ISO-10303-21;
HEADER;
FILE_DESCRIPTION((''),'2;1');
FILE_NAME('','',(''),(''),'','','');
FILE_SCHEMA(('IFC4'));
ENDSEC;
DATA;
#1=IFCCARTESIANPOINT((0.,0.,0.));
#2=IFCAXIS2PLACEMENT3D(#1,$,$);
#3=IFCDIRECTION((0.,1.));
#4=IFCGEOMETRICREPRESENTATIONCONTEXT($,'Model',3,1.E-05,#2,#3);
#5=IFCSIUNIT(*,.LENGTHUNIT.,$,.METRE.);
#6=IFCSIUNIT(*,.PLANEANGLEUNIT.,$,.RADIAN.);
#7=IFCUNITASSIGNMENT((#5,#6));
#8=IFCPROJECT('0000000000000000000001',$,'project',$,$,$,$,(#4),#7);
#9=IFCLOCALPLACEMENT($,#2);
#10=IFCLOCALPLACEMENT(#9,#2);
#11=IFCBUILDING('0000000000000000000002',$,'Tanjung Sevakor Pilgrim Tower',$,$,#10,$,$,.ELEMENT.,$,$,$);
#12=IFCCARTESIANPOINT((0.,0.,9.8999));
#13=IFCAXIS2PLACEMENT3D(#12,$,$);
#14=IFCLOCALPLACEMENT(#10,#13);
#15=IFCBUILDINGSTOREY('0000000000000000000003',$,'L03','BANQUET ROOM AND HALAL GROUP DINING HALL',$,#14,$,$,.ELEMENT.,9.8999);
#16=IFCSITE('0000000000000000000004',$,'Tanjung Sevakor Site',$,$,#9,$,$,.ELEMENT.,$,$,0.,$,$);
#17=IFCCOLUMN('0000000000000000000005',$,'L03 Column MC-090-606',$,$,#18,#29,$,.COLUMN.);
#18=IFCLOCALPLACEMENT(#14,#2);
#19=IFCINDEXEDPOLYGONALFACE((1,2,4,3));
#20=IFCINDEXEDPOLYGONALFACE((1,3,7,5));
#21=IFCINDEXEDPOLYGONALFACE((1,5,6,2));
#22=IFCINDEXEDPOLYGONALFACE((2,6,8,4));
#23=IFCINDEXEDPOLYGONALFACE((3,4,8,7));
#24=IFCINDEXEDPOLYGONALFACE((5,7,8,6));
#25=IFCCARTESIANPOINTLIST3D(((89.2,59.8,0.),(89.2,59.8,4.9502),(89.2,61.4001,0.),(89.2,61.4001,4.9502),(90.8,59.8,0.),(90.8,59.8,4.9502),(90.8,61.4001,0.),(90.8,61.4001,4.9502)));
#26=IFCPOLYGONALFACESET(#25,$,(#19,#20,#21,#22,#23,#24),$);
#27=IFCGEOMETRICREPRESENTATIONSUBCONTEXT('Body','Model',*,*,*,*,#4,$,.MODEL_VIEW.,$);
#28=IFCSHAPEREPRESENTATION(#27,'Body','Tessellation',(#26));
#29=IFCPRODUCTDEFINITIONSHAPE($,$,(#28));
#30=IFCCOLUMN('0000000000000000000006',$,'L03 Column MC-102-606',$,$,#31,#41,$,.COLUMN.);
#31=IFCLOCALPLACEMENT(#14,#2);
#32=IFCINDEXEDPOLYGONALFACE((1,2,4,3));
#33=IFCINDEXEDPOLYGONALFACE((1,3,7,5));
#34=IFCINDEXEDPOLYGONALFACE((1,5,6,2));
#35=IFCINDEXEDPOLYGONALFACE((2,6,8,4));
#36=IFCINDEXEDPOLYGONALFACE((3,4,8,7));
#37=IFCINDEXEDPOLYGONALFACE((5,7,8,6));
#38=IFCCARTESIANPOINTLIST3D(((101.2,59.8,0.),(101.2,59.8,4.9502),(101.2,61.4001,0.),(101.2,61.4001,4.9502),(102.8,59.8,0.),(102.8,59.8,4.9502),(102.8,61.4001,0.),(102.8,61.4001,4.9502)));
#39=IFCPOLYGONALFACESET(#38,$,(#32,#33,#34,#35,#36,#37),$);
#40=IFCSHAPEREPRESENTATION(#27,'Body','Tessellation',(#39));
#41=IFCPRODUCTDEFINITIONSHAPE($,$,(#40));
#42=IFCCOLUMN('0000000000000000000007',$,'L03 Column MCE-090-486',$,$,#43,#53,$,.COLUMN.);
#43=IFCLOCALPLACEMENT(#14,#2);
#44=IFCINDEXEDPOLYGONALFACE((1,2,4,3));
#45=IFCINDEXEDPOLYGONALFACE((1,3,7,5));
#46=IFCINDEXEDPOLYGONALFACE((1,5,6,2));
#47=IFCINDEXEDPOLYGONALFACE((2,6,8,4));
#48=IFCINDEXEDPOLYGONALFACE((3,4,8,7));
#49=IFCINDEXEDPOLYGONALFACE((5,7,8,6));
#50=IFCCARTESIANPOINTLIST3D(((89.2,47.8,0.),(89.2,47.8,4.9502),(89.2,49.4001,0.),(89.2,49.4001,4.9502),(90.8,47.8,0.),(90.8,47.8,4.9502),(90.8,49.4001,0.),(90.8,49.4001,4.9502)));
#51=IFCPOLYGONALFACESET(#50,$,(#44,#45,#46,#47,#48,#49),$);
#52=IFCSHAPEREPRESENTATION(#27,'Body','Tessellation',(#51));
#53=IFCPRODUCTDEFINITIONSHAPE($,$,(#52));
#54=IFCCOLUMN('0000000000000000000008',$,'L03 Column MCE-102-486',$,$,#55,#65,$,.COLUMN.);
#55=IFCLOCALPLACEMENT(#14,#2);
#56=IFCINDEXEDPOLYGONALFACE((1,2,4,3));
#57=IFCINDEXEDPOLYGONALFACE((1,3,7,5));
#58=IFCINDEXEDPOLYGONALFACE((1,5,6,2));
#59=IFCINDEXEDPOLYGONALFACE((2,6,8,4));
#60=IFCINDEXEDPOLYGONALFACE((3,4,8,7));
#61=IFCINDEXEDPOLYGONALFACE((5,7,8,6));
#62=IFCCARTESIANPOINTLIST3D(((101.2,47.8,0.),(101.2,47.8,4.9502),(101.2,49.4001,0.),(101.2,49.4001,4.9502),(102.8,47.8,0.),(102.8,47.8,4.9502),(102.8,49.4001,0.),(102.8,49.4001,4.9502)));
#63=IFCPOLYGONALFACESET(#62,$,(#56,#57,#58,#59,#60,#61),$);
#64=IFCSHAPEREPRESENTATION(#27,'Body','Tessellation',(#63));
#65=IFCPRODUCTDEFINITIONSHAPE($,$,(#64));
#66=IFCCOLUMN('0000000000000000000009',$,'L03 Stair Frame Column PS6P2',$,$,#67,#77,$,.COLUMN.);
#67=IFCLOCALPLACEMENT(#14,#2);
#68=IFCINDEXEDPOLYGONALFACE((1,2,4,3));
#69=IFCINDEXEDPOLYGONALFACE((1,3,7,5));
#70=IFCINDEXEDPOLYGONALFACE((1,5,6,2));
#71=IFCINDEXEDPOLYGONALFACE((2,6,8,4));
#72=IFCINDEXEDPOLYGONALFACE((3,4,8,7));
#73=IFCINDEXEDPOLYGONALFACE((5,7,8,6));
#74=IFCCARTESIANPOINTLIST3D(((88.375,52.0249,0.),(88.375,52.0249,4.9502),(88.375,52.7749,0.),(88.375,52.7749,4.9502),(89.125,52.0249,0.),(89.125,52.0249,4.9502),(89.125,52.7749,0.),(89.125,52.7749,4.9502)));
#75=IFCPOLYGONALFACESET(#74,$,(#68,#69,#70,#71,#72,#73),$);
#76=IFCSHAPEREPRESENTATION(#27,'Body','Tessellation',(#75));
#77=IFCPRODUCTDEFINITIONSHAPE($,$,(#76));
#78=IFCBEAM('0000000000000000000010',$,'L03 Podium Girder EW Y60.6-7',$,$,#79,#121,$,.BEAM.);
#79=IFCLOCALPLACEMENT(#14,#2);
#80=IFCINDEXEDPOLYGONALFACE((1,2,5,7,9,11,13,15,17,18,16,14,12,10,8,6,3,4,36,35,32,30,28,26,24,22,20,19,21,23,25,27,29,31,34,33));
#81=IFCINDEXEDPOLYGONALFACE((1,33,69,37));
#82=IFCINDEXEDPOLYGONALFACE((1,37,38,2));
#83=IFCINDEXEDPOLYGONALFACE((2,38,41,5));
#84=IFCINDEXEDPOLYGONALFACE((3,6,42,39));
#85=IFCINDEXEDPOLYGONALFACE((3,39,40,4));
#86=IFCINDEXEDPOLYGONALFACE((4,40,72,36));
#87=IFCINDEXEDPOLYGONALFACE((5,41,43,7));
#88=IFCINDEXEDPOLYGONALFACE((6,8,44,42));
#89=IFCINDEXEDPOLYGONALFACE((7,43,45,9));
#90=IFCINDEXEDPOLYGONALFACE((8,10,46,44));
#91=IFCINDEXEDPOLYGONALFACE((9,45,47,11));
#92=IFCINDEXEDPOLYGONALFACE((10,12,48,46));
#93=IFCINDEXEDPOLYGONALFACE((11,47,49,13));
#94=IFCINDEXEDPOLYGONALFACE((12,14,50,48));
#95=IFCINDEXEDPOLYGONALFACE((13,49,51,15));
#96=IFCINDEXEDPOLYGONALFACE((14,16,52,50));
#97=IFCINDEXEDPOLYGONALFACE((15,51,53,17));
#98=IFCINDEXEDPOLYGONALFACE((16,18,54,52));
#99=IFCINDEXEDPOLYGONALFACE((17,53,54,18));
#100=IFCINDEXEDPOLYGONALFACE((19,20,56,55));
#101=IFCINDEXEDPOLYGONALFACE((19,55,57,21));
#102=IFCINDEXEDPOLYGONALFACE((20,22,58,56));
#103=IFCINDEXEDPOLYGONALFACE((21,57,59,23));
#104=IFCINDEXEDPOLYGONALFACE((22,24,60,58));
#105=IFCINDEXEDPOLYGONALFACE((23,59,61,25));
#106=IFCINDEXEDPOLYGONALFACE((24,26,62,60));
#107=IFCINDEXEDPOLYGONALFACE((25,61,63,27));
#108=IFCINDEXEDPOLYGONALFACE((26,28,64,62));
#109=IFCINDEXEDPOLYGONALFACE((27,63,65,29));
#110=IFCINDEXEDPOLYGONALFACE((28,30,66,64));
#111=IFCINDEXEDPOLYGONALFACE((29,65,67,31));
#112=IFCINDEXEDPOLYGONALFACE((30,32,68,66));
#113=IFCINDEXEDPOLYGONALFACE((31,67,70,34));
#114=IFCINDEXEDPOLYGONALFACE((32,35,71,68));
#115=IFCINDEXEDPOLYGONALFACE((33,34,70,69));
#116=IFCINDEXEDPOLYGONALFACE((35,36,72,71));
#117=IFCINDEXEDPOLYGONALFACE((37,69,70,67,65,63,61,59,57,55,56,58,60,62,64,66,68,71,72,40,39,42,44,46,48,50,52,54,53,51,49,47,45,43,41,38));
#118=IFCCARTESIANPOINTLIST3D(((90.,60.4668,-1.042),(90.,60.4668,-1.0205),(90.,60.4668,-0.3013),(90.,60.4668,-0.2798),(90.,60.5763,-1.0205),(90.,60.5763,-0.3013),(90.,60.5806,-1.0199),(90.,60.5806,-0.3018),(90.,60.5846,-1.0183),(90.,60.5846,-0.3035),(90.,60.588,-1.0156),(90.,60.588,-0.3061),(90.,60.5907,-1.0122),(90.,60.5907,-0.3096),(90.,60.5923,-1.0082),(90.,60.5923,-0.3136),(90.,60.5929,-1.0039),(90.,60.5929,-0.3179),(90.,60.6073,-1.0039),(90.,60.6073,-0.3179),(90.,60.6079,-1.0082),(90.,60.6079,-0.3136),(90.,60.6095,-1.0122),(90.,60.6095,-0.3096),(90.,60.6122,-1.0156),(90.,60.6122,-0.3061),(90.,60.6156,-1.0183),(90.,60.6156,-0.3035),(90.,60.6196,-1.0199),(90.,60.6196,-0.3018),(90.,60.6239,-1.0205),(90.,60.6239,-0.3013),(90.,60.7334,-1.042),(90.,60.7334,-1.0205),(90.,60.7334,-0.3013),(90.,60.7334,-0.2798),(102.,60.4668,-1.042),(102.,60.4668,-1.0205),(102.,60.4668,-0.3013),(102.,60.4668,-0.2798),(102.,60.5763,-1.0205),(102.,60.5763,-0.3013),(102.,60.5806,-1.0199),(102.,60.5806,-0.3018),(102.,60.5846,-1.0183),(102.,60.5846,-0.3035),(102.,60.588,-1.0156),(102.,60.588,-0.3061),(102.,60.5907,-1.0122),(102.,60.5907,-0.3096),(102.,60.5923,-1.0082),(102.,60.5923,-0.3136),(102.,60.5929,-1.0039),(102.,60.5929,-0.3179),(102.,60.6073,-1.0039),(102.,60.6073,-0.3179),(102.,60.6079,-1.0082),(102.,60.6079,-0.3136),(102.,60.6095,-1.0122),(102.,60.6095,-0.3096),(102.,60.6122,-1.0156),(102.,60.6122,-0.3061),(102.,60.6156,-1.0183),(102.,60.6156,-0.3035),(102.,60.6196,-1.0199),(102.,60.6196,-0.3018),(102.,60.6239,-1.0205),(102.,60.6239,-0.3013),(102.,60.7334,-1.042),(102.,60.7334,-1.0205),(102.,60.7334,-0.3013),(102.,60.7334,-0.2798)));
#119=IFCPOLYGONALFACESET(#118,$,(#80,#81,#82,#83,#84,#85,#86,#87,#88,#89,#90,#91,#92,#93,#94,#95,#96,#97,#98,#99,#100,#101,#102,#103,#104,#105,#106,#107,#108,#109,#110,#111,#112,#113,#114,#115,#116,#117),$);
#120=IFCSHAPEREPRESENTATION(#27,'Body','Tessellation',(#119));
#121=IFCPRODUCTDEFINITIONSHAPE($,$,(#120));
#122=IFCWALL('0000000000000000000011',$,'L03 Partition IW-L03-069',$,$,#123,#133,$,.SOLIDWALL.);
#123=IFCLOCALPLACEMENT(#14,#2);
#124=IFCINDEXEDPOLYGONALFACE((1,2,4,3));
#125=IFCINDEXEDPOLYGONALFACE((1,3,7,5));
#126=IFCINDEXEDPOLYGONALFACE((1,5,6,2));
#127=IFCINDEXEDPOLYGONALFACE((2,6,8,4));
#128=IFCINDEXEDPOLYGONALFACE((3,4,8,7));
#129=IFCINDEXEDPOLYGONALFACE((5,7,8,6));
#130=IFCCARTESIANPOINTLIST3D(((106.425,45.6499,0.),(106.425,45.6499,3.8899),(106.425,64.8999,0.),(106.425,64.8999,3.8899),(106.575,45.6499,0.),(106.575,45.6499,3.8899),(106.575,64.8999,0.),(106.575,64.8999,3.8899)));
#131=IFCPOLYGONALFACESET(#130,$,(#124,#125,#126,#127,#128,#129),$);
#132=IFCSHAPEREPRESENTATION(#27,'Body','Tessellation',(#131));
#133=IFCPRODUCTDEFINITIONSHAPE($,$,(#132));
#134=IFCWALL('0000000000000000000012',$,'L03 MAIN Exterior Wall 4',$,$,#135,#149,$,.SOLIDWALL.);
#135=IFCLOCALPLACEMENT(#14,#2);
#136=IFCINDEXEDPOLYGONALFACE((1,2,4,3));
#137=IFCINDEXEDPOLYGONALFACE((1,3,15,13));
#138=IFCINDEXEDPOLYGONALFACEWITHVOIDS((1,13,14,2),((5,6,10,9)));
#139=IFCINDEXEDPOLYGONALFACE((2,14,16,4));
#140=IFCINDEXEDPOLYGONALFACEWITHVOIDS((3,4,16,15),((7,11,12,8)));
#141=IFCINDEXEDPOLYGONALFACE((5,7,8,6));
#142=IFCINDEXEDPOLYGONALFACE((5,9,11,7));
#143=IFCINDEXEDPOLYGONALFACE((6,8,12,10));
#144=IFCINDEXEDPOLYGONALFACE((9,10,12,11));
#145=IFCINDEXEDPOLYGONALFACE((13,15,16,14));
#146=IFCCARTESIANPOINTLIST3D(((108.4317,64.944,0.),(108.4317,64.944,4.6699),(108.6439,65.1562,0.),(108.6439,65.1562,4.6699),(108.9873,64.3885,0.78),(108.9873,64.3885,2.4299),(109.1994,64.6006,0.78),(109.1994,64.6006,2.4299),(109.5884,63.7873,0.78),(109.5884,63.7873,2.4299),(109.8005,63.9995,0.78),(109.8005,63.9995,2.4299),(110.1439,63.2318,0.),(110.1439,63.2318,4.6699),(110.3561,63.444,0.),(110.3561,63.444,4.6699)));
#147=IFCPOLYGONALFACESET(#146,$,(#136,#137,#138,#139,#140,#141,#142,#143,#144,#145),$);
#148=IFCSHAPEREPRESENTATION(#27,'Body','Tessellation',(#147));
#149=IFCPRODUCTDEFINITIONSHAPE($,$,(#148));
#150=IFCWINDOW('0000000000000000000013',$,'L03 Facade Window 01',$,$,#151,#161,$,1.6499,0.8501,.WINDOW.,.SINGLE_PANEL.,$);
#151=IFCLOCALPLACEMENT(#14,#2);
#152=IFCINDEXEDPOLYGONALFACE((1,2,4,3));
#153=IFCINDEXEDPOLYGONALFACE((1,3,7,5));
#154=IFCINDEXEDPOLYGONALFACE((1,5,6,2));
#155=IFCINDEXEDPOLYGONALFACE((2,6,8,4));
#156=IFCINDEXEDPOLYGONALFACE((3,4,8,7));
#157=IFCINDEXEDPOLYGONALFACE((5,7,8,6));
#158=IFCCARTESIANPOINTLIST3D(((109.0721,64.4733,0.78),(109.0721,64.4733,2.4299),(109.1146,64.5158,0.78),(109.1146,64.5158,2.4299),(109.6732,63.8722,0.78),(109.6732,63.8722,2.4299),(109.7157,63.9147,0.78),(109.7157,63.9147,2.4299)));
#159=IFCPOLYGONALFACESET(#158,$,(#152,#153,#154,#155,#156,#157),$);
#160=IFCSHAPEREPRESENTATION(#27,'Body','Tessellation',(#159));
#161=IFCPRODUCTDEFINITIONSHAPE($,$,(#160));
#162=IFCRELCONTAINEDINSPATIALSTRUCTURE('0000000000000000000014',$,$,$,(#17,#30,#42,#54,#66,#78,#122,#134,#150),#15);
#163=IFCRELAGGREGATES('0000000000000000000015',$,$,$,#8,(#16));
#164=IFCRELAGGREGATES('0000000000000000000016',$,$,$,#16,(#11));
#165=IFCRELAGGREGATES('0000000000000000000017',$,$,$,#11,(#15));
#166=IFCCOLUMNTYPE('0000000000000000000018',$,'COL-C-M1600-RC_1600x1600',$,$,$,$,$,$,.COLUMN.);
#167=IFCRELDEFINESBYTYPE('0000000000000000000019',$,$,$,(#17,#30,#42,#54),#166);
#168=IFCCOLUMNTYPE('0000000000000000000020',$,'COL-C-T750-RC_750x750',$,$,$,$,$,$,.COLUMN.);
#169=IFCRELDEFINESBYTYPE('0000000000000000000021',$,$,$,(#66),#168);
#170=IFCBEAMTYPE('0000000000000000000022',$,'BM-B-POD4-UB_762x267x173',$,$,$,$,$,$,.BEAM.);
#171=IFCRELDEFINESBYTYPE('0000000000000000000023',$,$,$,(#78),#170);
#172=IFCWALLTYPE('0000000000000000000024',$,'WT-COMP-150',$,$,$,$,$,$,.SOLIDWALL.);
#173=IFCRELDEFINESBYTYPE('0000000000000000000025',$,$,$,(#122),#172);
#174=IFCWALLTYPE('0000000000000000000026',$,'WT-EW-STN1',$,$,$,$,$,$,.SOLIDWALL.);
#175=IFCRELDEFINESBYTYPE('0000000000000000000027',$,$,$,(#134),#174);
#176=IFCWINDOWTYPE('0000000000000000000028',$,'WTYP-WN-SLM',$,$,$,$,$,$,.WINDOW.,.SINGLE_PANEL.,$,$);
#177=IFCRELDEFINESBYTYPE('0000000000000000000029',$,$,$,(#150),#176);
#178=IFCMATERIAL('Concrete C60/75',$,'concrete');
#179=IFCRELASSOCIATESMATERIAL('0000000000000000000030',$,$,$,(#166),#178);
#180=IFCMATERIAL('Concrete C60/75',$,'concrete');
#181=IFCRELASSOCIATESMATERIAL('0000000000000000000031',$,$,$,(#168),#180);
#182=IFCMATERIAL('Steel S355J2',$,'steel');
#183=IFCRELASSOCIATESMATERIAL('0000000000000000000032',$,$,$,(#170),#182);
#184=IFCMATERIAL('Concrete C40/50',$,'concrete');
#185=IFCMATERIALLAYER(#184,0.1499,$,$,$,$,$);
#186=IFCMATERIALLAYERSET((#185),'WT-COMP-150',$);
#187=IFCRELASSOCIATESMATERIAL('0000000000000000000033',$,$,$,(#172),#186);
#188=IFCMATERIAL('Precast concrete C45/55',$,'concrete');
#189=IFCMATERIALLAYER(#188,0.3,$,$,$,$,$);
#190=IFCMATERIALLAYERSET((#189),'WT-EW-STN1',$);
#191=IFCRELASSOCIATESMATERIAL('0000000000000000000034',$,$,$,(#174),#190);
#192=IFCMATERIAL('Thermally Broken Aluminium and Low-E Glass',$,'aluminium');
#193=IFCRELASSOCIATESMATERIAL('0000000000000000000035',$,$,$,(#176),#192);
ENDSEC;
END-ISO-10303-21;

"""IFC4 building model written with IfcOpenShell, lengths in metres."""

from ifc_helpers import new_model, si_unit, direction, frame, frame_2d, origin, origin_2d, place, context, subcontext, project, spatial, rectangle, i_section, extrude, material, layer, layer_set, material_profile, profile_set, type_object, element, fill, save


model = new_model("IFC4")

# Units and contexts
model_context = context("Model", 3, precision=1e-05, world=origin(), true_north=direction((0.0, 1.0)))
body_context = subcontext(model_context, "Body", "Model", "MODEL_VIEW")
ifc_project = project(units=[si_unit("LENGTHUNIT", "METRE"), si_unit("PLANEANGLEUNIT", "RADIAN")], contexts=[model_context])

# Site, building, storey
site_placement = place(None, origin())
site = spatial("IfcSite", under=ifc_project, at=site_placement, Name="Tanjung Sevakor Site", CompositionType="ELEMENT", RefElevation=0.0)
building_placement = place(site_placement, origin())
building = spatial("IfcBuilding", under=site, at=building_placement, Name="Tanjung Sevakor Pilgrim Tower", CompositionType="ELEMENT")
storey_placement = place(building_placement, frame((0.0, 0.0, 9.8999)))
storey = spatial("IfcBuildingStorey", under=building, at=storey_placement, Name="L03", Description="BANQUET ROOM AND HALAL GROUP DINING HALL", CompositionType="ELEMENT", Elevation=9.8999)

# Columns
ifc_material_1 = material(Name="Concrete C60/75", Category="concrete")
ifc_material_profile_1 = material_profile(ifc_material_1, rectangle(XDim=1.6001, YDim=1.6001, at=origin_2d()))
ifc_profile_set_1 = profile_set([ifc_material_profile_1], Name="Concrete C60/75")
column_type_1 = type_object("IfcColumnType", Name="COL-C-M1600-RC_1600x1600", PredefinedType="COLUMN", material=ifc_profile_set_1)
for number, where, z_axis, x_axis, name in (
    (1, (90.0, 60.6001, 0.0), (0.0, 0.0, 1.0), (1.0, 0.0, 0.0), "L03 Column MC-090-606"),
    (2, (102.0, 60.6001, 0.0), (0.0, 0.0, 1.0), (1.0, 0.0, 0.0), "L03 Column MC-102-606"),
    (3, (90.0, 48.6001, 0.0), (0.0, 0.0, 1.0), (1.0, 0.0, 0.0), "L03 Column MCE-090-486"),
    (4, (102.0, 48.6001, 0.0), (0.0, 0.0, 1.0), (1.0, 0.0, 0.0), "L03 Column MCE-102-486"),
):
    element("IfcColumn", number, at=place(storey_placement, frame(where, z_axis=z_axis, x_axis=x_axis)), inside=storey, type_object=column_type_1, Name=name, PredefinedType="COLUMN", context=body_context, shape_type="SweptSolid", body=[
        extrude(rectangle(XDim=1.6001, YDim=1.6001, at=origin_2d()), origin(), (0.0, 0.0, 1.0), 4.9502),
    ])
ifc_material_2 = material(Name="Concrete C60/75", Category="concrete")
ifc_material_profile_2 = material_profile(ifc_material_2, rectangle(XDim=0.75, YDim=0.75, at=origin_2d()))
ifc_profile_set_2 = profile_set([ifc_material_profile_2], Name="Concrete C60/75")
column_type_2 = type_object("IfcColumnType", Name="COL-C-T750-RC_750x750", PredefinedType="COLUMN", material=ifc_profile_set_2)
column_placement = place(storey_placement, frame((88.75, 52.3999, 0.0), z_axis=(0.0, 0.0, 1.0), x_axis=(1.0, 0.0, 0.0)))
element("IfcColumn", 5, at=column_placement, inside=storey, type_object=column_type_2, Name="L03 Stair Frame Column PS6P2", PredefinedType="COLUMN", context=body_context, shape_type="SweptSolid", body=[
    extrude(rectangle(XDim=0.75, YDim=0.75, at=origin_2d()), origin(), (0.0, 0.0, 1.0), 4.9502),
])

# Beam
ifc_material_3 = material(Name="Steel S355J2", Category="steel")
ifc_material_profile_3 = material_profile(ifc_material_3, i_section(OverallWidth=0.2666, OverallDepth=0.7622, WebThickness=0.0144, FlangeThickness=0.0215, FilletRadius=0.0166, at=origin_2d()))
ifc_profile_set_3 = profile_set([ifc_material_profile_3], Name="Steel S355J2")
beam_type = type_object("IfcBeamType", Name="BM-B-POD4-UB_762x267x173", PredefinedType="BEAM", material=ifc_profile_set_3)
beam_placement = place(storey_placement, frame((90.0, 60.6001, -0.6609), z_axis=(1.0, 0.0, 0.0), x_axis=(0.0, 1.0, 0.0)))
element("IfcBeam", 6, at=beam_placement, inside=storey, type_object=beam_type, Name="L03 Podium Girder EW Y60.6-7", PredefinedType="BEAM", context=body_context, shape_type="SweptSolid", body=[
    extrude(i_section(OverallWidth=0.2666, OverallDepth=0.7622, WebThickness=0.0144, FlangeThickness=0.0215, FilletRadius=0.0166, at=origin_2d()), origin(), (0.0, 0.0, 1.0), 12.0),
])

# Wall
ifc_material_4 = material(Name="Concrete C40/50", Category="concrete")
ifc_layer_1 = layer(ifc_material_4, 0.1499)
ifc_layer_set_1 = layer_set([ifc_layer_1], Name="WT-COMP-150")
wall_type_1 = type_object("IfcWallType", Name="WT-COMP-150", PredefinedType="SOLIDWALL", material=ifc_layer_set_1)
wall_1_placement = place(storey_placement, frame((106.5, 45.6499, 0.0), z_axis=(0.0, 0.0, 1.0), x_axis=(0.0, 1.0, 0.0)))
element("IfcWall", 7, at=wall_1_placement, inside=storey, type_object=wall_type_1, Name="L03 Partition IW-L03-069", PredefinedType="SOLIDWALL", context=body_context, shape_type="SweptSolid", body=[
    extrude(rectangle(XDim=19.25, YDim=0.1499, at=frame_2d((9.625, 0.0))), origin(), (0.0, 0.0, 1.0), 3.8899),
])

# Wall, opening, window
ifc_material_5 = material(Name="Precast concrete C45/55", Category="concrete")
ifc_layer_2 = layer(ifc_material_5, 0.3)
ifc_layer_set_2 = layer_set([ifc_layer_2], Name="WT-EW-STN1")
wall_type_2 = type_object("IfcWallType", Name="WT-EW-STN1", PredefinedType="SOLIDWALL", material=ifc_layer_set_2)
wall_2_placement = place(storey_placement, frame((110.25, 63.3379, 0.0), z_axis=(0.0, 0.0, 1.0), x_axis=(-0.707107, 0.707107, 0.0)))
wall_2 = element("IfcWall", 8, at=wall_2_placement, inside=storey, type_object=wall_type_2, Name="L03 MAIN Exterior Wall 4", PredefinedType="SOLIDWALL", context=body_context, shape_type="SweptSolid", body=[
    extrude(rectangle(XDim=2.4214, YDim=0.3, at=frame_2d((1.2107, 0.0))), origin(), (0.0, 0.0, 1.0), 4.6699),
])
opening_1_placement = place(wall_2_placement, frame((0.7856, 0.0, 0.78)))
opening_1 = element("IfcOpeningElement", 9, at=opening_1_placement, cuts=wall_2, PredefinedType="OPENING", context=body_context, shape_type="SweptSolid", body=[
    extrude(rectangle(XDim=0.8501, YDim=1.6499, at=frame_2d((0.425, 0.825))), frame((0.0, 0.1599, 0.0), z_axis=(0.0, -1.0, 0.0), x_axis=(1.0, 0.0, 0.0)), (0.0, 0.0, 1.0), 0.3201),
])
ifc_material_6 = material(Name="Thermally Broken Aluminium and Low-E Glass", Category="aluminium")
window_type_1 = type_object("IfcWindowType", Name="WTYP-WN-SLM", PartitioningType="SINGLE_PANEL", PredefinedType="WINDOW", material=ifc_material_6)
window_1_placement = place(opening_1_placement, origin())
window_1 = element("IfcWindow", 10, at=window_1_placement, inside=storey, type_object=window_type_1, Name="L03 Facade Window 01", OverallHeight=1.6499, OverallWidth=0.8501, PartitioningType="SINGLE_PANEL", PredefinedType="WINDOW", context=body_context, shape_type="SweptSolid", body=[
    extrude(rectangle(XDim=0.8501, YDim=1.6499, at=frame_2d((0.425, 0.825))), frame((0.0, 0.03, 0.0), z_axis=(0.0, -1.0, 0.0), x_axis=(1.0, 0.0, 0.0)), (0.0, 0.0, 1.0), 0.0601),
])
fill(opening_1, window_1)

save(model, "model.ifc")
